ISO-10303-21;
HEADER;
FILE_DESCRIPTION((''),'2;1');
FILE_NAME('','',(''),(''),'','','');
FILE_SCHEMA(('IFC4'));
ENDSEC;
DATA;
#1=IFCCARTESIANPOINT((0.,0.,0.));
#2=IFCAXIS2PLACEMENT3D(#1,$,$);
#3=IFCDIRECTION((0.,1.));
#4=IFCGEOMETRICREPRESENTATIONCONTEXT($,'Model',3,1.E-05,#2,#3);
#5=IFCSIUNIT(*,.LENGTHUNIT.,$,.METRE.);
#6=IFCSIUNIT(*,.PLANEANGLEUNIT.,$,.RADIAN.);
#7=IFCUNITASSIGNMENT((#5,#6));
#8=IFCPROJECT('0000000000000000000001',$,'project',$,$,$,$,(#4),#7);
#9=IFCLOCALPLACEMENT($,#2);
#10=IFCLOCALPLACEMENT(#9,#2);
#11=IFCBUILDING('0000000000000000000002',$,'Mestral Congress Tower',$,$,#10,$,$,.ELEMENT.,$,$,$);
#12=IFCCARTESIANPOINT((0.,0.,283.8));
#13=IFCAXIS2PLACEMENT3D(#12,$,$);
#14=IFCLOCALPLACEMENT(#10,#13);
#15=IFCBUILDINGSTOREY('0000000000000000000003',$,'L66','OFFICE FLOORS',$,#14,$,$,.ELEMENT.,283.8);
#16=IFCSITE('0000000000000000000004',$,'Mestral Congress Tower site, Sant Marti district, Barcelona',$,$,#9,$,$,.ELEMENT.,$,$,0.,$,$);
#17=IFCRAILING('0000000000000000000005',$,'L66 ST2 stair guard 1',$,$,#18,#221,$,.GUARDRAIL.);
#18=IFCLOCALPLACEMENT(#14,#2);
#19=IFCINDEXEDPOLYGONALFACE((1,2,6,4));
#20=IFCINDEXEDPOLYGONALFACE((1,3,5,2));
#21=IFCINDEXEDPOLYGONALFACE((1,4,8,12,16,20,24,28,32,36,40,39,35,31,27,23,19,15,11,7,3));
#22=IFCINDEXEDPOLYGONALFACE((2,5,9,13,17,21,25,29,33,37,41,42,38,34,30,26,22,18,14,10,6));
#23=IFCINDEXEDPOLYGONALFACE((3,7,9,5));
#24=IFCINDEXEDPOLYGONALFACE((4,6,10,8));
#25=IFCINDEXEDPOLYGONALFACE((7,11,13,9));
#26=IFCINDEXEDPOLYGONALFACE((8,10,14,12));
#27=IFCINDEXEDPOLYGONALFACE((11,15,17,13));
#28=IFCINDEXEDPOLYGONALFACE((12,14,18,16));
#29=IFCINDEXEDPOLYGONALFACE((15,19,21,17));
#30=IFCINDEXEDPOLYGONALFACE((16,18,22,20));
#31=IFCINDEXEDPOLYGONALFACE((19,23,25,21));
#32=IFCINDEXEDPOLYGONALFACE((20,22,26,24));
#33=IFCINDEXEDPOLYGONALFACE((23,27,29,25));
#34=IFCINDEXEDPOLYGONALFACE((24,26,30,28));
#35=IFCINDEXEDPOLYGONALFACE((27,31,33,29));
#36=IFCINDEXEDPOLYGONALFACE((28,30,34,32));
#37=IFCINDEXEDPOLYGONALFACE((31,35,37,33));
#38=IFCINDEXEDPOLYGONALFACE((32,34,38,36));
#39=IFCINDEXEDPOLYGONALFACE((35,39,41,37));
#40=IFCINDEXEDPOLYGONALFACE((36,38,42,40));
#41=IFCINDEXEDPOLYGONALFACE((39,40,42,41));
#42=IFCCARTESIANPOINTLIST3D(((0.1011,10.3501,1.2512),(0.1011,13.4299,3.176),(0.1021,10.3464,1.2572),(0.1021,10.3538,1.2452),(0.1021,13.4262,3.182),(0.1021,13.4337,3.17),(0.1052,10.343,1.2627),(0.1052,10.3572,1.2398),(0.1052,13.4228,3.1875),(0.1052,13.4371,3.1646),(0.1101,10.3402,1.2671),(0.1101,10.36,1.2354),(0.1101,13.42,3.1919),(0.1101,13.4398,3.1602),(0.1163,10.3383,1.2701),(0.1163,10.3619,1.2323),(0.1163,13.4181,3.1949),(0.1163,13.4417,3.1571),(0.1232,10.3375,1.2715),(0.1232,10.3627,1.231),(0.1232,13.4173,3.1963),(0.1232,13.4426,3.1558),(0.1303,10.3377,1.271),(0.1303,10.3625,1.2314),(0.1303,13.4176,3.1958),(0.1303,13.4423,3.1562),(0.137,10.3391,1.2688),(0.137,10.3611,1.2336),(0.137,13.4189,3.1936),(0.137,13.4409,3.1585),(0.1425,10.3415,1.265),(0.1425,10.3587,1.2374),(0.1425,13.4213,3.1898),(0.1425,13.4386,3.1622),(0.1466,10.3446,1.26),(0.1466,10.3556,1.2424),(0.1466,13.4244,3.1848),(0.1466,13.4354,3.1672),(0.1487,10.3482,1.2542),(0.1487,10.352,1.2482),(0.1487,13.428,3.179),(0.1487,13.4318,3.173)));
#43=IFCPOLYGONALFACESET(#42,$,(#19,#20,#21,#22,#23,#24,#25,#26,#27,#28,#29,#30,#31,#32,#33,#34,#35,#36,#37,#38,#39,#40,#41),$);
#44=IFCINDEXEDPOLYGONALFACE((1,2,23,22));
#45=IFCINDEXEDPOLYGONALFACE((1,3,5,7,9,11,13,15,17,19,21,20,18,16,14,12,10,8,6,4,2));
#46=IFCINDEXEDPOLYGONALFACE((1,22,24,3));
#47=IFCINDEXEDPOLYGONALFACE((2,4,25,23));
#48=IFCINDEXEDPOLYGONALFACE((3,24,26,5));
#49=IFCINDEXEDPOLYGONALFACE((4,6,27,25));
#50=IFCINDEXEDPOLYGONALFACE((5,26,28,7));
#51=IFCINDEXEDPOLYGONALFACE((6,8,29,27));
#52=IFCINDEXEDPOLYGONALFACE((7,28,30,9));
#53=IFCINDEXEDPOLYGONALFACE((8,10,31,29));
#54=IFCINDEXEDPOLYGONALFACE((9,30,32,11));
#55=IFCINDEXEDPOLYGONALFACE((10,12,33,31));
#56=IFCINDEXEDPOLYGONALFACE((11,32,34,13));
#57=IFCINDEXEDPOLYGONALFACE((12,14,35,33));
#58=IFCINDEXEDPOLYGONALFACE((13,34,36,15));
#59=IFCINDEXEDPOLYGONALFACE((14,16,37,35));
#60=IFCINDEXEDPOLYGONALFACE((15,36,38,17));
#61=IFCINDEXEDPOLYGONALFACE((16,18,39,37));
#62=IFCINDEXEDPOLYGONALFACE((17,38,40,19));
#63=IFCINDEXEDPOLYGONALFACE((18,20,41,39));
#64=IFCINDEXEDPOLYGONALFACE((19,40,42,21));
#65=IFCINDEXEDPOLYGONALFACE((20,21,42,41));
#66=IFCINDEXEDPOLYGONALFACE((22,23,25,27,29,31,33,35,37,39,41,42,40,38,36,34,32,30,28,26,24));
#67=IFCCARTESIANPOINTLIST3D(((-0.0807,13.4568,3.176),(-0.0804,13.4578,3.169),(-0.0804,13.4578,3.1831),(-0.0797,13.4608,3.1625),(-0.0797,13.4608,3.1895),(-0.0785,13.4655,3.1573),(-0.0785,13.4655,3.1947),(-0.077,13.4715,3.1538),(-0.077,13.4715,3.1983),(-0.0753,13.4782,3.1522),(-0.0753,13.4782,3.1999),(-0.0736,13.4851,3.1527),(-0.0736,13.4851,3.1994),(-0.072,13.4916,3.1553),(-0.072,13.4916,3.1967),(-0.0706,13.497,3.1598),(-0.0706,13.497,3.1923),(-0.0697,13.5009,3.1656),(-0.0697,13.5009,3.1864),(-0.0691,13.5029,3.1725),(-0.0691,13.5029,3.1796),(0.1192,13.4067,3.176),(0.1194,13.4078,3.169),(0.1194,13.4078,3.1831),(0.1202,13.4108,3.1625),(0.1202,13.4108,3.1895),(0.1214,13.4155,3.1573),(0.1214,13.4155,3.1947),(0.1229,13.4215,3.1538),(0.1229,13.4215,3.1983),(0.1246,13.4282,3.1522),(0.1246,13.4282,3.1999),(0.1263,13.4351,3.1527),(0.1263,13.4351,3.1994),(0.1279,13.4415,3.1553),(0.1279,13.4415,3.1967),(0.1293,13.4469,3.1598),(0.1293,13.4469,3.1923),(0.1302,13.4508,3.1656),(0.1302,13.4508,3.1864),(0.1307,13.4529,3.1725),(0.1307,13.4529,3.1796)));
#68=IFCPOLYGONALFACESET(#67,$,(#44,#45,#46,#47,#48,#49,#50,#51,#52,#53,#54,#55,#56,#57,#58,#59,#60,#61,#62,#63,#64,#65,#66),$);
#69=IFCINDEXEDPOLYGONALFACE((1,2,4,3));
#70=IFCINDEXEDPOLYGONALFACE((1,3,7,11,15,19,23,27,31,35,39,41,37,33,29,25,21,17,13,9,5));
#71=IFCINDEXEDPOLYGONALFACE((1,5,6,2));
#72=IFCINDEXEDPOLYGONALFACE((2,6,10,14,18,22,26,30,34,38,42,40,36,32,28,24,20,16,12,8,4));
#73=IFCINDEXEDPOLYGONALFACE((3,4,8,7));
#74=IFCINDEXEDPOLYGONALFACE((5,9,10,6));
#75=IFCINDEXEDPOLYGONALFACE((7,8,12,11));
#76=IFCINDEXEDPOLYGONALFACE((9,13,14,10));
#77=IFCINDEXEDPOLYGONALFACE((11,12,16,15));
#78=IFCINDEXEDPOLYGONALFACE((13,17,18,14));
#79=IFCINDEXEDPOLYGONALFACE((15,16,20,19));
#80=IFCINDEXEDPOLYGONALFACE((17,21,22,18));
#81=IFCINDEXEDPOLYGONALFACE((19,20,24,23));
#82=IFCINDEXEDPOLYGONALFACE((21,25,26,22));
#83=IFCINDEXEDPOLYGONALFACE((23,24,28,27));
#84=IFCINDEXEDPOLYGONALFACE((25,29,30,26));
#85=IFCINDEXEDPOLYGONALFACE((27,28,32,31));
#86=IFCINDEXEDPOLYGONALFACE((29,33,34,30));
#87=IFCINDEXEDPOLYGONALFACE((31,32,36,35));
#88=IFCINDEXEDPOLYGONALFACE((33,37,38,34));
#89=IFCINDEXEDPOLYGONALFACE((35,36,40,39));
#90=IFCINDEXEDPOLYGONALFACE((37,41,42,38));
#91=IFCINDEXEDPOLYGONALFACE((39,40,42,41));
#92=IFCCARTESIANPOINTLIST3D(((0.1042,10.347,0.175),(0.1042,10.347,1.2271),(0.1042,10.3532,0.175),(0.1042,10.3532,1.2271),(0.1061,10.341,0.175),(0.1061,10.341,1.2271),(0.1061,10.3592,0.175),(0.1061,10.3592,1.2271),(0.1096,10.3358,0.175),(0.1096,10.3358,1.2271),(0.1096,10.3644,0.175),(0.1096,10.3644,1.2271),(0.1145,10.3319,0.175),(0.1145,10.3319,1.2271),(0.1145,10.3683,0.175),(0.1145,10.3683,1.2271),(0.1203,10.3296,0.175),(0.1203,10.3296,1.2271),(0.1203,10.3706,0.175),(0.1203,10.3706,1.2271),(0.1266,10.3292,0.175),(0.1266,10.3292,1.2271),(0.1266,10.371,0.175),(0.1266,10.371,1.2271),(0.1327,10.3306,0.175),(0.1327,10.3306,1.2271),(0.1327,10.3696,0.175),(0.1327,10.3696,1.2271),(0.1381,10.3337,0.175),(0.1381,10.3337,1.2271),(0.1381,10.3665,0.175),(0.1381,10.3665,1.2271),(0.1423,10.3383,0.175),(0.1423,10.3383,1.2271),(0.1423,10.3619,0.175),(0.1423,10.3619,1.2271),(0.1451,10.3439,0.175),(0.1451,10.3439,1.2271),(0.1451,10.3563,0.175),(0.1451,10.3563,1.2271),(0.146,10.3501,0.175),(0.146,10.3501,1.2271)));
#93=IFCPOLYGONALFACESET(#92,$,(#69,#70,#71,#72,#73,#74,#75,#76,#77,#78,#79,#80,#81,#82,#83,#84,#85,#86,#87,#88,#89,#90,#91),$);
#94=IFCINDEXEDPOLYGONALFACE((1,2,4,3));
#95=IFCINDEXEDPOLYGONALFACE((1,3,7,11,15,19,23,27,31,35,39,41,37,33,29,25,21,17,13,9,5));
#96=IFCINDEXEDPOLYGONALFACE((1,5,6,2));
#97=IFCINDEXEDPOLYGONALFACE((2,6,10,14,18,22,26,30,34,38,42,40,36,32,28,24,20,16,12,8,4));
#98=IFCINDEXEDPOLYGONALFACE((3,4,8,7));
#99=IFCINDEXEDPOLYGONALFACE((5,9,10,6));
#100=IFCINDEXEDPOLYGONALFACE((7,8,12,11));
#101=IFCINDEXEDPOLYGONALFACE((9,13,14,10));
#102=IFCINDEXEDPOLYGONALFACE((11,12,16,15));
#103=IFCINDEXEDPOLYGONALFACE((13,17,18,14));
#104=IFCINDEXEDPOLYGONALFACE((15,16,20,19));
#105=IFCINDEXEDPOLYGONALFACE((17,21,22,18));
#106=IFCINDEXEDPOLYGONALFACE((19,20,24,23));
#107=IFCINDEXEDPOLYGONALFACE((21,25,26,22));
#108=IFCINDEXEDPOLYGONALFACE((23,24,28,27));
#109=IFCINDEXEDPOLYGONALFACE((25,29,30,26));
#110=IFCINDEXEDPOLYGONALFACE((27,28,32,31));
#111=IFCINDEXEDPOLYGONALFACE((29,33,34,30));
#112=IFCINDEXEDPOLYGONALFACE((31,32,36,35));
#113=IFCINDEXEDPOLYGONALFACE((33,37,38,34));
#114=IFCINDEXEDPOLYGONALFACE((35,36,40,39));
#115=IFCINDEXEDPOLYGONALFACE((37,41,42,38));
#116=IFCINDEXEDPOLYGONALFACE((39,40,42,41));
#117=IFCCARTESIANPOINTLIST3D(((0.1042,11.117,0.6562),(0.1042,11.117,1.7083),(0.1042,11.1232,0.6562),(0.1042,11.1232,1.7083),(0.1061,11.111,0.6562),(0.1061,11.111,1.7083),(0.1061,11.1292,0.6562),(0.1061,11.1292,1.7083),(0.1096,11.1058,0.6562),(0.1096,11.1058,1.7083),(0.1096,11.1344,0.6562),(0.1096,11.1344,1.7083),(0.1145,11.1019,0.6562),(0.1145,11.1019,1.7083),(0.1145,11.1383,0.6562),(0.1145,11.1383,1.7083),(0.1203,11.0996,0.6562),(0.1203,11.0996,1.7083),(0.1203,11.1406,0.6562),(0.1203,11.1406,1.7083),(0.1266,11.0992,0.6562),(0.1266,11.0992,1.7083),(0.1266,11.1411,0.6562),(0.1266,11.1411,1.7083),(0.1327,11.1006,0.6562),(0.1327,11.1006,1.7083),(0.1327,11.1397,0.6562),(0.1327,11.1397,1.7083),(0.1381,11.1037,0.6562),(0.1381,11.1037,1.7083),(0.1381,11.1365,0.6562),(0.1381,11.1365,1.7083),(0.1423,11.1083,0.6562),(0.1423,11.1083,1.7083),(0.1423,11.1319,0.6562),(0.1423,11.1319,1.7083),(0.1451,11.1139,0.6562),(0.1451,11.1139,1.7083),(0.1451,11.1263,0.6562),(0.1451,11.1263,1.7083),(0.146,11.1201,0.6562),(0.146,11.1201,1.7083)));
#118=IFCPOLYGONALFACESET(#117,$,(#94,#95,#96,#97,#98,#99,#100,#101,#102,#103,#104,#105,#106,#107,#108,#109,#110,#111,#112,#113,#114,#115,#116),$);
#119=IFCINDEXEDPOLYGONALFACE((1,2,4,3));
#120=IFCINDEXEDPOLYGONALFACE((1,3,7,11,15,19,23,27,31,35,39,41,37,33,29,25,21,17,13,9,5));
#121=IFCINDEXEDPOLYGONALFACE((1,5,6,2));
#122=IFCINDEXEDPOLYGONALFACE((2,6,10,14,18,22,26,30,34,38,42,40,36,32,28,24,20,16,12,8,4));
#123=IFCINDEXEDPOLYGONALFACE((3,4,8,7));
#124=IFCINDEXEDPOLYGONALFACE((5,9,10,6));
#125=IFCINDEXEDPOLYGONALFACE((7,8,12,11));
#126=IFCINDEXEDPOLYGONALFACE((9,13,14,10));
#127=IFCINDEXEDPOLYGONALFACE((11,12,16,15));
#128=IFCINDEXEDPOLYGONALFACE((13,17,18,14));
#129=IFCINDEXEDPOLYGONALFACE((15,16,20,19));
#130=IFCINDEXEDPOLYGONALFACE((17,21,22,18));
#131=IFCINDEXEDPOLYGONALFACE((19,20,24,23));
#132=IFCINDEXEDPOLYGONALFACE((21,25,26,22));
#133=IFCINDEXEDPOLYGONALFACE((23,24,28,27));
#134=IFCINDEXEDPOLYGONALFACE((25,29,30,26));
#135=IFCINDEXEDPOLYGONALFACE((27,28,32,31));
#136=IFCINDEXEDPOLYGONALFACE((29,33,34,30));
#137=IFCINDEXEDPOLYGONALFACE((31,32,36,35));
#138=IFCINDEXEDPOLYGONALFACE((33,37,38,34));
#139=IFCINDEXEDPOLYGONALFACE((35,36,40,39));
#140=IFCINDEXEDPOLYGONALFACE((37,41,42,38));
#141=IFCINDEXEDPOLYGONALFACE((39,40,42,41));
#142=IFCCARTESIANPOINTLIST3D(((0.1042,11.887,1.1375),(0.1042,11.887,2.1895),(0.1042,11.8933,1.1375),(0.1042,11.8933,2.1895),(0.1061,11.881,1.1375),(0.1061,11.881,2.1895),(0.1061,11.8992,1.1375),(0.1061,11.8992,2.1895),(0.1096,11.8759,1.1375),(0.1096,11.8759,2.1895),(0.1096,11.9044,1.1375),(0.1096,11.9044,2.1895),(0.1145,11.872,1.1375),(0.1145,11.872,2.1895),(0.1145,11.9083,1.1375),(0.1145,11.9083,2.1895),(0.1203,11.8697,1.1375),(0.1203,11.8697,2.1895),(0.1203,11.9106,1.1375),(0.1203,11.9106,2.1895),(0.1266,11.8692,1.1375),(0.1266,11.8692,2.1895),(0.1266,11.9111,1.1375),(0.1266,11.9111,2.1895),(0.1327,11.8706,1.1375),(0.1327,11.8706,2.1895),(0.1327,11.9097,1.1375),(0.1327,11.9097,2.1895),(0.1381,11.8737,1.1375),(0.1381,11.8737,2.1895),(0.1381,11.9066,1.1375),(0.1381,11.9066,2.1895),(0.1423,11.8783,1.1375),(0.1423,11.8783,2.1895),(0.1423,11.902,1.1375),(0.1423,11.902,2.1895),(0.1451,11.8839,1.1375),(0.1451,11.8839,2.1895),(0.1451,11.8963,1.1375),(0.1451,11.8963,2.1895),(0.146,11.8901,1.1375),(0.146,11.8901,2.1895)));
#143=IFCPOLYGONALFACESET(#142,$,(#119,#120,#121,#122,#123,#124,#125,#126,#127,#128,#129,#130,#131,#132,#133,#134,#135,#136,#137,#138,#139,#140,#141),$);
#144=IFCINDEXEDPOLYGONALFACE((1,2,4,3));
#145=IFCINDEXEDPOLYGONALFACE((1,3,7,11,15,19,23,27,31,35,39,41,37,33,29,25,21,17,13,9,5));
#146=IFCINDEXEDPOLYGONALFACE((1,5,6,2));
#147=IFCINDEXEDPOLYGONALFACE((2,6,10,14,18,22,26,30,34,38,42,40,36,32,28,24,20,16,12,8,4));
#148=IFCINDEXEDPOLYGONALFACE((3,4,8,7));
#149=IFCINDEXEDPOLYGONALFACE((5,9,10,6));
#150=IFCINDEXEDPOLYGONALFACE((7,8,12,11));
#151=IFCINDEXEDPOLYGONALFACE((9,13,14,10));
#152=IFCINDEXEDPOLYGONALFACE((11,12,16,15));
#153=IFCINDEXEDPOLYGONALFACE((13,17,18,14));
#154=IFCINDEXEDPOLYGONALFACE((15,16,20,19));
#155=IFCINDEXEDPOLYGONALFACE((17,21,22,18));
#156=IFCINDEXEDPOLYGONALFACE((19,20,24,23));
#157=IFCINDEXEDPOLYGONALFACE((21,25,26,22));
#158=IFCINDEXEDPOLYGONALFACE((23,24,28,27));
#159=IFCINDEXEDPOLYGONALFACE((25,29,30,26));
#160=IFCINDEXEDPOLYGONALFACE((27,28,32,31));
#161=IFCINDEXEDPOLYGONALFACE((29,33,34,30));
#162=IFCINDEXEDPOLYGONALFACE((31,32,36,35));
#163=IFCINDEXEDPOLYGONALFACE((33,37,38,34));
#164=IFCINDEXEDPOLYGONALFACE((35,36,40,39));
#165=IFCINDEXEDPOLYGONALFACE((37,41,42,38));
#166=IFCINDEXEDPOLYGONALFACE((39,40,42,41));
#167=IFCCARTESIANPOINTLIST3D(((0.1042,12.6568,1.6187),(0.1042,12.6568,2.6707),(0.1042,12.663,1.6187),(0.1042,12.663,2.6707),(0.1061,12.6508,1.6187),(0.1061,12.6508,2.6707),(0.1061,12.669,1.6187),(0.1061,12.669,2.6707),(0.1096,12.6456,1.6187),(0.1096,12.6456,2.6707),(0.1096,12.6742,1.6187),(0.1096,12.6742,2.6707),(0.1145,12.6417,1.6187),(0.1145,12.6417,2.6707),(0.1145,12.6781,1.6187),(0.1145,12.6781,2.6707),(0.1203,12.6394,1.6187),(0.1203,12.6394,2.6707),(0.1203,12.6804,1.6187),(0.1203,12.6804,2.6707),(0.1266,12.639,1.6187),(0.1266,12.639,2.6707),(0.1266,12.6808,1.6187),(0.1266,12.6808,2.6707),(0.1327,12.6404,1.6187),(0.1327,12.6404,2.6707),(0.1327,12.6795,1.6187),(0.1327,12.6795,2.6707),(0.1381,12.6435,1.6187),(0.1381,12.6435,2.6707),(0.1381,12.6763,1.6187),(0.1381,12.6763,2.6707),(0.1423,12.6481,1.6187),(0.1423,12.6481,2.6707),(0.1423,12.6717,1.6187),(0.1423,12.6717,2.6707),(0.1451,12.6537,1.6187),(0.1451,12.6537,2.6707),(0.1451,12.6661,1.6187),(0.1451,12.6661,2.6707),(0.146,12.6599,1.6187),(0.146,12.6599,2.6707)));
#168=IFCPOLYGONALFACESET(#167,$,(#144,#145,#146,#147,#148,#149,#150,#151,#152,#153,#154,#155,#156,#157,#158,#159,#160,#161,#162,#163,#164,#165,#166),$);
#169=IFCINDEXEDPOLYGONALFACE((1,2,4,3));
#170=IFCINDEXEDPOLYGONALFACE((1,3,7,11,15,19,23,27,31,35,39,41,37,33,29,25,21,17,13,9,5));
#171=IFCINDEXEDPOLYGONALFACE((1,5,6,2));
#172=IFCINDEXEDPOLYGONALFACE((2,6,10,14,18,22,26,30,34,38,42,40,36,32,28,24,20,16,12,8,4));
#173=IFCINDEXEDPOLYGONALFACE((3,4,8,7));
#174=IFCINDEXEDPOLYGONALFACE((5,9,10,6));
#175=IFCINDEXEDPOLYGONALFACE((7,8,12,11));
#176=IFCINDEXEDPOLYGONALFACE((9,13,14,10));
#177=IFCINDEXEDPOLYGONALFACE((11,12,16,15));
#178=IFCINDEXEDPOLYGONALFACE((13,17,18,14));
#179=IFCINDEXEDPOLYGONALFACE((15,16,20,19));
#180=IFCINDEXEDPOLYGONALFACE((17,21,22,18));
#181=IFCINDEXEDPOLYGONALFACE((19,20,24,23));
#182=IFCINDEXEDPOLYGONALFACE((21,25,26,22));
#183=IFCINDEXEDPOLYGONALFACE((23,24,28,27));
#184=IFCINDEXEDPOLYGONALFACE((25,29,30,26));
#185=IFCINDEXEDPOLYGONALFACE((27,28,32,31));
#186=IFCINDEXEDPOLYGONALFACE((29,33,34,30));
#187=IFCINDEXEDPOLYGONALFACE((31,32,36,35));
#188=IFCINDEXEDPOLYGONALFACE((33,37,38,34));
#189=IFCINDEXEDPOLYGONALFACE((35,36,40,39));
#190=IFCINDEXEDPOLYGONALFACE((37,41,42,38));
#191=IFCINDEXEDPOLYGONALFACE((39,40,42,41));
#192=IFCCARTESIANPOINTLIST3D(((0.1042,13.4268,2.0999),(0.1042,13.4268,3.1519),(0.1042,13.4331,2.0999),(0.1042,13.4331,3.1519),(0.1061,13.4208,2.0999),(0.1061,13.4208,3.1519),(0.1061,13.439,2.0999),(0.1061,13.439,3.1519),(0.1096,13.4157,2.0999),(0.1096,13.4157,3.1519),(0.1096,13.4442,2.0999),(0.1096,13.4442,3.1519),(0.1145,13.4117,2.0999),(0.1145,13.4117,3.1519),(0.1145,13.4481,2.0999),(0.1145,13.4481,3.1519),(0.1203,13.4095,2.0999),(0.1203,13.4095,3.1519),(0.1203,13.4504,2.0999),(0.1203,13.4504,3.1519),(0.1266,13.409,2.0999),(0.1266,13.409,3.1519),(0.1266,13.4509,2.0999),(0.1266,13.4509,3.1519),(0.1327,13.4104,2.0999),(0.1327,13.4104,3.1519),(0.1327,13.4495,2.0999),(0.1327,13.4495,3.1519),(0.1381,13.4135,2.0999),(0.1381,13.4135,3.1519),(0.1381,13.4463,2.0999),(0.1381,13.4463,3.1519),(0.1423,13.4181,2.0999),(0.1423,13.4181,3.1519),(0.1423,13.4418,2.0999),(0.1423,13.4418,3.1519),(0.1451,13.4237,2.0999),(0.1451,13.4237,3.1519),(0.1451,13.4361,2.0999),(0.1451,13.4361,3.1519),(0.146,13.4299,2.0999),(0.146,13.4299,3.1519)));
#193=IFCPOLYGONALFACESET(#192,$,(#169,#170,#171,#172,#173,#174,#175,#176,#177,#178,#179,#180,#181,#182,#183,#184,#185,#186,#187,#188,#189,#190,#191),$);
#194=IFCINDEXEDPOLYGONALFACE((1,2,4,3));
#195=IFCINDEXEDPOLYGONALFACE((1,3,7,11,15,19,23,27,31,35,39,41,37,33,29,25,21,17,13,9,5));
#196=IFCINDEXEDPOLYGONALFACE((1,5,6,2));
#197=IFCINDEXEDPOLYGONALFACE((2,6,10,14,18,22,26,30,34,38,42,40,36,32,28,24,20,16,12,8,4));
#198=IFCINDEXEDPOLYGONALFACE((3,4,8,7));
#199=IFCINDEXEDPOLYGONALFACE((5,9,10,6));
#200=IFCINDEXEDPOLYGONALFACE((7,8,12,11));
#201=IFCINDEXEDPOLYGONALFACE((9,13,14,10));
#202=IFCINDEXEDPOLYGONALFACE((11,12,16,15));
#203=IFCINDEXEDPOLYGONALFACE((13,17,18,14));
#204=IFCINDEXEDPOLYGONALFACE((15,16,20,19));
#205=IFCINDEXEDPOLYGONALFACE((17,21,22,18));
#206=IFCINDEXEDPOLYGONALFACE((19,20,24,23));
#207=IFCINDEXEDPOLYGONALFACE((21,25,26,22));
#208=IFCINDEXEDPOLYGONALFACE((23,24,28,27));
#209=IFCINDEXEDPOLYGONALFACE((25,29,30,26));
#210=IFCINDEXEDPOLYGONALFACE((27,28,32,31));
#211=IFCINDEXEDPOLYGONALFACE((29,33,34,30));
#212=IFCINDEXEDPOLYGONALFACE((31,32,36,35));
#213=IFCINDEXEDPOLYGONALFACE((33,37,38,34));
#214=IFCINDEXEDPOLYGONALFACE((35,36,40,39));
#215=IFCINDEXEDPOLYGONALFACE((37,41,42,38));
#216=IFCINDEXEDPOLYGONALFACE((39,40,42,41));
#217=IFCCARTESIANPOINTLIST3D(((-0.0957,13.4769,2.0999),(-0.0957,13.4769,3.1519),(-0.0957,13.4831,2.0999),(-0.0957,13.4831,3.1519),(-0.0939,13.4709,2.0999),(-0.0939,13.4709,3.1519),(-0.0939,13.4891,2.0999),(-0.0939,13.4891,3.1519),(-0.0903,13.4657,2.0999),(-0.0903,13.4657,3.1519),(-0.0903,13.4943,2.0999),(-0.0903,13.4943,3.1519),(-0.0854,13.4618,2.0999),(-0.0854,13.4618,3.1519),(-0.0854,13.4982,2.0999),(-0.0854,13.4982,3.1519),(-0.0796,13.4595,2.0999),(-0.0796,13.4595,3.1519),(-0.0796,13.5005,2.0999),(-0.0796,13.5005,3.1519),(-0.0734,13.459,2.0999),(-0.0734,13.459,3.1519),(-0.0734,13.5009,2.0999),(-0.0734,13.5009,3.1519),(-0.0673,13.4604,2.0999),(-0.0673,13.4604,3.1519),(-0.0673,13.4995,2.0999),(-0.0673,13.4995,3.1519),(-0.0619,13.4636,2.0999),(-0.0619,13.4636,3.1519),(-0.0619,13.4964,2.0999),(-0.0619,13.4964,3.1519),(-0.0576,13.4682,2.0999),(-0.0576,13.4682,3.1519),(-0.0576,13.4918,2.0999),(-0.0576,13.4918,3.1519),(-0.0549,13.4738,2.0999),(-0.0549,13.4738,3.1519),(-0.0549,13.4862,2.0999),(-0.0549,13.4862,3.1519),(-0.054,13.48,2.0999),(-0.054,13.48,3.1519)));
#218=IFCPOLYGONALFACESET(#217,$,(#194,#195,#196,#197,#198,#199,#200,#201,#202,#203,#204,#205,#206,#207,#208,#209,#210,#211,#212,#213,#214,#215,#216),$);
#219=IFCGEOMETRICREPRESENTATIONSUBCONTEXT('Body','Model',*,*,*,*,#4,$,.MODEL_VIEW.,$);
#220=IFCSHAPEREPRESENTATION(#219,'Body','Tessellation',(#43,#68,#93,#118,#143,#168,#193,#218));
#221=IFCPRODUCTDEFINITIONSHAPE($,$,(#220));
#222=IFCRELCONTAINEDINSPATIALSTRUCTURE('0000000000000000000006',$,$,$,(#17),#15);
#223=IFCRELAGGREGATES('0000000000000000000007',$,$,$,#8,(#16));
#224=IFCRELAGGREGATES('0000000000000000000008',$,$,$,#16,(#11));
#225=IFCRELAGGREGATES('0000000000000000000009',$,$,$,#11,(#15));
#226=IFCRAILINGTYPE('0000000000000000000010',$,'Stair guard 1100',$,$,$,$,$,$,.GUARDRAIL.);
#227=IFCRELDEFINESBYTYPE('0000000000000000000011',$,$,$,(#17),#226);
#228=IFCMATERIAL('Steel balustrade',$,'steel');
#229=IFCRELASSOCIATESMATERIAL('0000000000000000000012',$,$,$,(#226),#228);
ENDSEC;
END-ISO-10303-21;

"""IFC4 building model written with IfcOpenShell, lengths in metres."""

from ifc_helpers import new_model, si_unit, direction, frame, origin, origin_2d, place, context, subcontext, project, spatial, circle, extrude, material, type_object, element, save


model = new_model("IFC4")

# Units and contexts
model_context = context("Model", 3, precision=1e-05, world=origin(), true_north=direction((0.0, 1.0)))
body_context = subcontext(model_context, "Body", "Model", "MODEL_VIEW")
ifc_project = project(units=[si_unit("LENGTHUNIT", "METRE"), si_unit("PLANEANGLEUNIT", "RADIAN")], contexts=[model_context])

# Site, building, storey
site_placement = place(None, origin())
site = spatial("IfcSite", under=ifc_project, at=site_placement, Name="Mestral Congress Tower site, Sant Marti district, Barcelona", CompositionType="ELEMENT", RefElevation=0.0)
building_placement = place(site_placement, origin())
building = spatial("IfcBuilding", under=site, at=building_placement, Name="Mestral Congress Tower", CompositionType="ELEMENT")
storey_placement = place(building_placement, frame((0.0, 0.0, 283.8)))
storey = spatial("IfcBuildingStorey", under=building, at=storey_placement, Name="L66", Description="OFFICE FLOORS", CompositionType="ELEMENT", Elevation=283.8)

# Railing
ifc_material_1 = material(Name="Steel balustrade", Category="steel")
railing_type_1 = type_object("IfcRailingType", Name="Stair guard 1100", PredefinedType="GUARDRAIL", material=ifc_material_1)
railing_1_placement = place(storey_placement, frame((0.125, 10.3501, 0.175)))
element("IfcRailing", 1, at=railing_1_placement, inside=storey, type_object=railing_type_1, Name="L66 ST2 stair guard 1", PredefinedType="GUARDRAIL", context=body_context, shape_type="SweptSolid", body=[
    extrude(circle(Radius=0.0239, at=origin_2d()), frame((0.0, 0.0, 1.0762), z_axis=(0.0, 0.84801, 0.529981), x_axis=(-1.0, 0.0, 0.0)), (0.0, 0.0, 1.0), 3.6318),
    extrude(circle(Radius=0.0239, at=origin_2d()), frame((0.0, 3.0798, 3.001), z_axis=(-0.970073, 0.242814, 0.0), x_axis=(-0.242814, -0.970073, 0.0)), (0.0, 0.0, 1.0), 0.2061),
    extrude(circle(Radius=0.021, at=origin_2d()), origin(), (0.0, 0.0, 1.0), 1.052),
    extrude(circle(Radius=0.021, at=origin_2d()), frame((0.0, 0.77, 0.4812)), (0.0, 0.0, 1.0), 1.052),
    extrude(circle(Radius=0.021, at=origin_2d()), frame((0.0, 1.54, 0.9624)), (0.0, 0.0, 1.0), 1.052),
    extrude(circle(Radius=0.021, at=origin_2d()), frame((0.0, 2.3098, 1.4436)), (0.0, 0.0, 1.0), 1.052),
    extrude(circle(Radius=0.021, at=origin_2d()), frame((0.0, 3.0798, 1.9248)), (0.0, 0.0, 1.0), 1.052),
    extrude(circle(Radius=0.021, at=origin_2d()), frame((-0.2, 3.1299, 1.9248)), (0.0, 0.0, 1.0), 1.052),
])

save(model, "model.ifc")
